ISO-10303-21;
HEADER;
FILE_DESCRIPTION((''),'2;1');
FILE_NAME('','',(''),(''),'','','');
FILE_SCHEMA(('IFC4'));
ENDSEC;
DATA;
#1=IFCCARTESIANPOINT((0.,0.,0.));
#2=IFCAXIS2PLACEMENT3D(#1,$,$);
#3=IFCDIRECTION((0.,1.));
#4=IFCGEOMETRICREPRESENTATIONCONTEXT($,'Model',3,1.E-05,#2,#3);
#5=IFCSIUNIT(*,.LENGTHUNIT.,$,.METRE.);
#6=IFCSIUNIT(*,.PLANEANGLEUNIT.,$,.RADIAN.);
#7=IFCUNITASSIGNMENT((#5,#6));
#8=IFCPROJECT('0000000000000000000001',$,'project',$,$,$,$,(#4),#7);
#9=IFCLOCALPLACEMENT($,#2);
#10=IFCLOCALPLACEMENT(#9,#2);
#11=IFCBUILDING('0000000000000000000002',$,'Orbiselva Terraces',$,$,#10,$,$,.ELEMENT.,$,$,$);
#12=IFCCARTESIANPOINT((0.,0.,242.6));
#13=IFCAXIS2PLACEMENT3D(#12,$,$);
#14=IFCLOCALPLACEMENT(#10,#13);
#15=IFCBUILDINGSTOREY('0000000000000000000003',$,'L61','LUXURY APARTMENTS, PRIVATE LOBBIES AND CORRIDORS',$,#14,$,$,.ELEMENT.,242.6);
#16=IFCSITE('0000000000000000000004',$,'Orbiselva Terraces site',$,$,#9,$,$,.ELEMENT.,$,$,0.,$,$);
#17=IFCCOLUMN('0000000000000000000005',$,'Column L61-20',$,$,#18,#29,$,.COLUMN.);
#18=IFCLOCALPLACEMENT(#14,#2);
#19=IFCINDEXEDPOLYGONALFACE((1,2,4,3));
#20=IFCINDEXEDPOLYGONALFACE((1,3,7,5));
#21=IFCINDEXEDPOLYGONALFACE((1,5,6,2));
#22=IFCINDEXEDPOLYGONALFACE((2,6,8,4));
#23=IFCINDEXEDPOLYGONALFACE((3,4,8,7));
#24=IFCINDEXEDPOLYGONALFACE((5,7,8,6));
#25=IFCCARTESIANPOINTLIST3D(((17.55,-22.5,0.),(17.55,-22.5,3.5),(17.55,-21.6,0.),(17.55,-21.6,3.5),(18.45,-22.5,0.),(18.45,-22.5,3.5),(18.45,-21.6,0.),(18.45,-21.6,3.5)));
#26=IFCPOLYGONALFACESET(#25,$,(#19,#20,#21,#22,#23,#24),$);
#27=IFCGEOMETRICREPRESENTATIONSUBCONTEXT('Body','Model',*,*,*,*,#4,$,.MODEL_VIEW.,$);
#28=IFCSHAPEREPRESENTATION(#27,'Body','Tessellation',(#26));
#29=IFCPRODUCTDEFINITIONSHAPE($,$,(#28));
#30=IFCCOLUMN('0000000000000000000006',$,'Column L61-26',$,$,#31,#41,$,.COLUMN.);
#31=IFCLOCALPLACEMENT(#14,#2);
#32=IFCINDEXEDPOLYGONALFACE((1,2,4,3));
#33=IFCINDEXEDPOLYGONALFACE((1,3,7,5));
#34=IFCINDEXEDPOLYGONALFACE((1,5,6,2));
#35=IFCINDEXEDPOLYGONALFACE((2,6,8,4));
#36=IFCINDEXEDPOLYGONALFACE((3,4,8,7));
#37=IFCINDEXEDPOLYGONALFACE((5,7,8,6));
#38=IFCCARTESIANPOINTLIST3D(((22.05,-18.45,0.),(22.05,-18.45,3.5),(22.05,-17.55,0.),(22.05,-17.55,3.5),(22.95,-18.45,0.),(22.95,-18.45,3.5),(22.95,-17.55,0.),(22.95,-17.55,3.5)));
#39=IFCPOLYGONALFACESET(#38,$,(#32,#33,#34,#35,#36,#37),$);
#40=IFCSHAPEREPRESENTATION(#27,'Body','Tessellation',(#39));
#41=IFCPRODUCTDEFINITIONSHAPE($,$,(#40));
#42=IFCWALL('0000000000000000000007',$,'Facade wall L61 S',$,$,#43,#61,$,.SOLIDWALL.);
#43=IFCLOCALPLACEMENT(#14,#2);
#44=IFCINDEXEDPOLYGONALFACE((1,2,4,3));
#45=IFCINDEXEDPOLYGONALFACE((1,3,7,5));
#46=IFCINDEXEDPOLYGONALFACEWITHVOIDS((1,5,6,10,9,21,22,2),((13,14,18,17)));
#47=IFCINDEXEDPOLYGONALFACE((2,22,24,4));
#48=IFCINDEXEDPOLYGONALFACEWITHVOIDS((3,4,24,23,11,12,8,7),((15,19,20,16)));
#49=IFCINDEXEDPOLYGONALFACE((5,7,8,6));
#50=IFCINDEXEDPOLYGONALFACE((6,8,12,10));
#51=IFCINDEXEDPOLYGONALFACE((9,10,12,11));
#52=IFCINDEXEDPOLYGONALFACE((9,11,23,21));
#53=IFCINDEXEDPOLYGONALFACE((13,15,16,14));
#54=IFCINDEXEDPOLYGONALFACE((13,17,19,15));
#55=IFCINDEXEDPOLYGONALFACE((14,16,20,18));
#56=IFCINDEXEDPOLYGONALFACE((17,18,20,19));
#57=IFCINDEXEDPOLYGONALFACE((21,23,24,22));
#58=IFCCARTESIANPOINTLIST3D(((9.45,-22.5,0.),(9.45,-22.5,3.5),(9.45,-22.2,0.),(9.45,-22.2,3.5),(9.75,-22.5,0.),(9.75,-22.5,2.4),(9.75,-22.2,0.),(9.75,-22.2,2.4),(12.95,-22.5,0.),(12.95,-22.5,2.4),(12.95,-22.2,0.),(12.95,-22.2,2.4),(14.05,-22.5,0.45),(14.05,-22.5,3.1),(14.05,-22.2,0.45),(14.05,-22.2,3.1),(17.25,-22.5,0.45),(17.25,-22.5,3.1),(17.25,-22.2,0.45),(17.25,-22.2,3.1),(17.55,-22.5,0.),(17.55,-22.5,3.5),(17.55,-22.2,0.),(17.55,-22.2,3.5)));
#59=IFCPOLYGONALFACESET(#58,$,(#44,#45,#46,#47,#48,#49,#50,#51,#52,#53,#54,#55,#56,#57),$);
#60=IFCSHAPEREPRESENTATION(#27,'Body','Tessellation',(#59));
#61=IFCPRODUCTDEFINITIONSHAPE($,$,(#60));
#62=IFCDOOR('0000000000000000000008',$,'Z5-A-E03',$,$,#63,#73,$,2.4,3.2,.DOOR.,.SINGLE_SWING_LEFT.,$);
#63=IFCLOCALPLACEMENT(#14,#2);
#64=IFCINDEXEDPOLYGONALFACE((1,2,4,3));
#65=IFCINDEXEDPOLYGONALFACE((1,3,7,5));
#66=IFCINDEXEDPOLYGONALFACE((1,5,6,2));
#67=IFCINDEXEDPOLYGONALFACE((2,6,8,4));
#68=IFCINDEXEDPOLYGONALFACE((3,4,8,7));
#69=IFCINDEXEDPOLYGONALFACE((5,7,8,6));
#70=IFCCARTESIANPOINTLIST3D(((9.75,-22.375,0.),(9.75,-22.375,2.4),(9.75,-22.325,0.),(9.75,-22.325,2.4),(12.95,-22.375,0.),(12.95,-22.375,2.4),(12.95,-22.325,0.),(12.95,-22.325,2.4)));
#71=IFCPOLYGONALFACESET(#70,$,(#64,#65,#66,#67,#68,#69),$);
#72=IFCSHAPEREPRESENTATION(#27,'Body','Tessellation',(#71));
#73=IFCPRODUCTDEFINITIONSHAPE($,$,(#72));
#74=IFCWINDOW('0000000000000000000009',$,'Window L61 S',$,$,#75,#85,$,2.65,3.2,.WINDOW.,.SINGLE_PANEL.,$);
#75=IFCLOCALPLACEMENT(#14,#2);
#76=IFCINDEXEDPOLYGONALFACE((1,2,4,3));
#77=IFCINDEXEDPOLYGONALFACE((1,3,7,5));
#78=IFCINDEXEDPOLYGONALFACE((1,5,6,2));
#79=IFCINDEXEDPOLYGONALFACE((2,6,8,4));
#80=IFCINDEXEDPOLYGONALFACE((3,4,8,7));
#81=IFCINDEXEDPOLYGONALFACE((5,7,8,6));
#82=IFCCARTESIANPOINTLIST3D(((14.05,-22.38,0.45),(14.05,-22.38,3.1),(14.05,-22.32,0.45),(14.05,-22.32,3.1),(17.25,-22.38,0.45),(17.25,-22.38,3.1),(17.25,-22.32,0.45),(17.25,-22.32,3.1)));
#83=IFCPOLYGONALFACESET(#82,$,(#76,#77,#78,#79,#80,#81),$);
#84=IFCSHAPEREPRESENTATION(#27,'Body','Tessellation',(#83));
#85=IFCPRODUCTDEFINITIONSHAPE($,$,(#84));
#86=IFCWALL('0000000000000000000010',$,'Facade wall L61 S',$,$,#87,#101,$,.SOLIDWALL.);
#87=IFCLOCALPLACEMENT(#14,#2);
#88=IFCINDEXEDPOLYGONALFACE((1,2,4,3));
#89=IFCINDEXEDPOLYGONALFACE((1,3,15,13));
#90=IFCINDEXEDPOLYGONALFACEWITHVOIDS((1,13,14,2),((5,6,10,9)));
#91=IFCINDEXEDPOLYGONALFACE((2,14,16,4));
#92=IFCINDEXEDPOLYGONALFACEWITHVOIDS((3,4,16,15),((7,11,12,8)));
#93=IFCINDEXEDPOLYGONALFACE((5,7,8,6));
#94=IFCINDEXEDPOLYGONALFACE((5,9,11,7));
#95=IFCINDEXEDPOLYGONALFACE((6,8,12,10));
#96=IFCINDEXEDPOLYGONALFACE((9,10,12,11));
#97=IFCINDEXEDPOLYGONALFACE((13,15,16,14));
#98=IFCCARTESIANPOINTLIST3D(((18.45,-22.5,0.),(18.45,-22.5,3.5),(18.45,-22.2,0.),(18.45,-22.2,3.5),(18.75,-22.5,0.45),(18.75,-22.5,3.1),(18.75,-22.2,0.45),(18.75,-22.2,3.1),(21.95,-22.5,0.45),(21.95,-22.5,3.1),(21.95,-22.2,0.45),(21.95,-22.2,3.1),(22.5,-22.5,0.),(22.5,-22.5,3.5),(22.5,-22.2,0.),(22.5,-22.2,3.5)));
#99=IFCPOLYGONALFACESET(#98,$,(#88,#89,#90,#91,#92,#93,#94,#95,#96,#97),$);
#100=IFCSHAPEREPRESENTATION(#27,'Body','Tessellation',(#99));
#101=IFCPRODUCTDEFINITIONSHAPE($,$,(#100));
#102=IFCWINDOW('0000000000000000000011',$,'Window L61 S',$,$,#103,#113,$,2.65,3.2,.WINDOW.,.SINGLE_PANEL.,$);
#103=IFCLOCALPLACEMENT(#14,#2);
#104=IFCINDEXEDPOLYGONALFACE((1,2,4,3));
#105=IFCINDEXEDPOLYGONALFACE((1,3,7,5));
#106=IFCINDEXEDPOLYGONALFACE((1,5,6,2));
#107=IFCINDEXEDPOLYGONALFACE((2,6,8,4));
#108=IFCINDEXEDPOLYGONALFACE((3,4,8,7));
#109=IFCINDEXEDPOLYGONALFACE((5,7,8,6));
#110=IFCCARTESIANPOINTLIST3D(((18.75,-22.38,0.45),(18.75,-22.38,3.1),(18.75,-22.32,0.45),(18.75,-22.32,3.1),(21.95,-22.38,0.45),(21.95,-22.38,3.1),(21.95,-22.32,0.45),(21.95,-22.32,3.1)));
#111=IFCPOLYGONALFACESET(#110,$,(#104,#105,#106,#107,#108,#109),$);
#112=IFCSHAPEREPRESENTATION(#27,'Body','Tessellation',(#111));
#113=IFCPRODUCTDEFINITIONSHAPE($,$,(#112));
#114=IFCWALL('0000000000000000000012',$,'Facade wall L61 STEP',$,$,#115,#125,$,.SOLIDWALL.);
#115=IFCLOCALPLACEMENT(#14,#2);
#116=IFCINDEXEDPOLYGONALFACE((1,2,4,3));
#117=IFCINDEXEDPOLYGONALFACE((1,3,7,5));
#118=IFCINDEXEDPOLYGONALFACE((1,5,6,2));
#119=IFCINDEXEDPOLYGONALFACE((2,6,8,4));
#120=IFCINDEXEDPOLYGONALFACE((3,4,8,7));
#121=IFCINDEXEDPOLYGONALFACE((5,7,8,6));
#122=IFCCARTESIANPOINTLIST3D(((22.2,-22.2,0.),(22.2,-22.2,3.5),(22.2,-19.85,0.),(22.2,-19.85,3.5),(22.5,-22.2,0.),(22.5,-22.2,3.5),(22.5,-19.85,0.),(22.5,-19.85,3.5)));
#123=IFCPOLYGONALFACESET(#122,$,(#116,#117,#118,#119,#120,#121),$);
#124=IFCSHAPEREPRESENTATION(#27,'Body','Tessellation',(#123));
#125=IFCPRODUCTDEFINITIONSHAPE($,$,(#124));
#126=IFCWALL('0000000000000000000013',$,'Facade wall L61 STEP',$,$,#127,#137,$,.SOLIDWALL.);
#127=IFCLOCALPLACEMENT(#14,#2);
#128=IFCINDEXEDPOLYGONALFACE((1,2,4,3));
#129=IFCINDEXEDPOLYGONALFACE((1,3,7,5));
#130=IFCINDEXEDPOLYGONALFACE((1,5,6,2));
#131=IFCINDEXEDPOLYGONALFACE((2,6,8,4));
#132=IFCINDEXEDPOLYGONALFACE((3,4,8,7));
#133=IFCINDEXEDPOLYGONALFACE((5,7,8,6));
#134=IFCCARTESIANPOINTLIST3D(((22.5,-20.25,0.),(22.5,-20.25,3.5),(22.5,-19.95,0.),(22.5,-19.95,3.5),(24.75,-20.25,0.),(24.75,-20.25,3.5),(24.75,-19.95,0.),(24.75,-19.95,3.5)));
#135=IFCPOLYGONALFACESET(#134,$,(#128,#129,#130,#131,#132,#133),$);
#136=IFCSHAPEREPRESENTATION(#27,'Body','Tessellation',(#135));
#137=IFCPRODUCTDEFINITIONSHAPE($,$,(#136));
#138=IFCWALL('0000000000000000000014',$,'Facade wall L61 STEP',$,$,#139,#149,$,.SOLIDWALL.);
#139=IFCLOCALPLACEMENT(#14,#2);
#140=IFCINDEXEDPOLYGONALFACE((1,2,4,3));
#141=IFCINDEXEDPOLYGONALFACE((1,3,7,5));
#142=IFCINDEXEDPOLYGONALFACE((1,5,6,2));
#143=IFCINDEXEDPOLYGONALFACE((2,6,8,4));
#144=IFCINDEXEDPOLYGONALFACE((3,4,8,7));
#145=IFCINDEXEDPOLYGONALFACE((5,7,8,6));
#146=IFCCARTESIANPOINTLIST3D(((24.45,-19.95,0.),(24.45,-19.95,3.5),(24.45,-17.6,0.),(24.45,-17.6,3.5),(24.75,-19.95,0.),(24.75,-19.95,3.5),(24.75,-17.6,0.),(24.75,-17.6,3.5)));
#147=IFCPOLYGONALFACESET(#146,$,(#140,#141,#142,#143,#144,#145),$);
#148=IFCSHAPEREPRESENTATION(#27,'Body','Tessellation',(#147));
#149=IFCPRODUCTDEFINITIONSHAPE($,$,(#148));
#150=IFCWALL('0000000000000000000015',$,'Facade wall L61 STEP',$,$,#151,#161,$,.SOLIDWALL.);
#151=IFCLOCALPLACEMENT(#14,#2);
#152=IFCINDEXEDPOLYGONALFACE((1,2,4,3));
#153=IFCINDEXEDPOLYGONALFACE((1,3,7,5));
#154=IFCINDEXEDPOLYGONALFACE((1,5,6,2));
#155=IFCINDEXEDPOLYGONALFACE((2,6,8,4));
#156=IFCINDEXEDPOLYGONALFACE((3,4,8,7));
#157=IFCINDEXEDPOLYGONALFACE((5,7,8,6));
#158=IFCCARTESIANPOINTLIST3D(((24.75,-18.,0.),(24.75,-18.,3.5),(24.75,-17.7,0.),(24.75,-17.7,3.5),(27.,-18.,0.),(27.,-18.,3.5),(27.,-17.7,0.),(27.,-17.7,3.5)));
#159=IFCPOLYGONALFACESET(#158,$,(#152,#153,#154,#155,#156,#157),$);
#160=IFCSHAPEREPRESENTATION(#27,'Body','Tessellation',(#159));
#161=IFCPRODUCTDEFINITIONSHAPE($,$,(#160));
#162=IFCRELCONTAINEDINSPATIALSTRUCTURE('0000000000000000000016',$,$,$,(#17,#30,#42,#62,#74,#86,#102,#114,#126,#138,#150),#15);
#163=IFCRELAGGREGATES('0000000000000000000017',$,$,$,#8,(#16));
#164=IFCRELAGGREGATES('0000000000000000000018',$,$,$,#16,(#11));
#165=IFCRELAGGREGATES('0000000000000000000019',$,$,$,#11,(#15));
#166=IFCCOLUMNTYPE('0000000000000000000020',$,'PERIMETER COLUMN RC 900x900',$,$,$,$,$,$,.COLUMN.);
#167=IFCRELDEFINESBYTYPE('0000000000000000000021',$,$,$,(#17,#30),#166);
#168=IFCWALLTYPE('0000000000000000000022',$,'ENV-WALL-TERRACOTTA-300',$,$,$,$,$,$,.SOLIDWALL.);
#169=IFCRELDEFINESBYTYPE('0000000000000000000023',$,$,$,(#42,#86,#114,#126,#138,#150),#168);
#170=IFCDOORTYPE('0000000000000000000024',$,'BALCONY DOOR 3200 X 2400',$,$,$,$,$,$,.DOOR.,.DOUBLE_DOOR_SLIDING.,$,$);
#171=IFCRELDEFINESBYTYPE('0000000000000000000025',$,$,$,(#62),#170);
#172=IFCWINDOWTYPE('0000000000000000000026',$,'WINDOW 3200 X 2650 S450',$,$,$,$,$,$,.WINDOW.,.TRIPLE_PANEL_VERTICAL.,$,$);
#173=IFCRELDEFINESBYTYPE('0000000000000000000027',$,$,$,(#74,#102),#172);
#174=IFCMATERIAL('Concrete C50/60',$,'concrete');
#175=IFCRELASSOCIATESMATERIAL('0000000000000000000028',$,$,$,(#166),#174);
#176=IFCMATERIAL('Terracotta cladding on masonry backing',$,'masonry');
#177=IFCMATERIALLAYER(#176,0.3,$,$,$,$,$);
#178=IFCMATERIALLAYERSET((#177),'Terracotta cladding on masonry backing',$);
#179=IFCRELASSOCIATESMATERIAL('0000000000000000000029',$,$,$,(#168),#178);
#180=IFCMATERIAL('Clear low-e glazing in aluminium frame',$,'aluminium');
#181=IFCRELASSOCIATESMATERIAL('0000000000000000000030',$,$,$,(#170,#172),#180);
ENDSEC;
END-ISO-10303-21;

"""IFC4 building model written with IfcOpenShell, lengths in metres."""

from ifc_helpers import new_model, si_unit, direction, frame, frame_2d, origin, origin_2d, place, context, subcontext, project, spatial, rectangle, extrude, material, layer, layer_set, material_profile, profile_set, type_object, element, fill, save


model = new_model("IFC4")

# Units and contexts
model_context = context("Model", 3, precision=1e-05, world=origin(), true_north=direction((0.0, 1.0)))
body_context = subcontext(model_context, "Body", "Model", "MODEL_VIEW")
ifc_project = project(units=[si_unit("LENGTHUNIT", "METRE"), si_unit("PLANEANGLEUNIT", "RADIAN")], contexts=[model_context])

# Site, building, storey
site_placement = place(None, origin())
site = spatial("IfcSite", under=ifc_project, at=site_placement, Name="Orbiselva Terraces site", CompositionType="ELEMENT", RefElevation=0.0)
building_placement = place(site_placement, origin())
building = spatial("IfcBuilding", under=site, at=building_placement, Name="Orbiselva Terraces", CompositionType="ELEMENT")
storey_placement = place(building_placement, frame((0.0, 0.0, 242.6)))
storey = spatial("IfcBuildingStorey", under=building, at=storey_placement, Name="L61", Description="LUXURY APARTMENTS, PRIVATE LOBBIES AND CORRIDORS", CompositionType="ELEMENT", Elevation=242.6)

# Columns
ifc_material_1 = material(Name="Concrete C50/60", Category="concrete")
ifc_material_profile = material_profile(ifc_material_1, rectangle(XDim=0.9, YDim=0.9, at=origin_2d()), Name="RC 900x900")
ifc_profile_set = profile_set([ifc_material_profile], Name="Concrete C50/60")
column_type = type_object("IfcColumnType", Name="PERIMETER COLUMN RC 900x900", PredefinedType="COLUMN", material=ifc_profile_set)
for number, where, z_axis, x_axis, name in (
    (1, (18.0, -22.05, 0.0), (0.0, 0.0, 1.0), (1.0, 0.0, 0.0), "Column L61-20"),
    (2, (22.5, -18.0, 0.0), (0.0, 0.0, 1.0), (1.0, 0.0, 0.0), "Column L61-26"),
):
    element("IfcColumn", number, at=place(storey_placement, frame(where, z_axis=z_axis, x_axis=x_axis)), inside=storey, type_object=column_type, Name=name, PredefinedType="COLUMN", context=body_context, shape_type="SweptSolid", body=[
        extrude(rectangle(XDim=0.9, YDim=0.9, at=origin_2d()), origin(), (0.0, 0.0, 1.0), 3.5),
    ])

# Wall, openings, door, window
ifc_material_2 = material(Name="Terracotta cladding on masonry backing", Category="masonry")
ifc_layer_1 = layer(ifc_material_2, 0.3)
ifc_layer_set_1 = layer_set([ifc_layer_1], Name="Terracotta cladding on masonry backing")
wall_type_1 = type_object("IfcWallType", Name="ENV-WALL-TERRACOTTA-300", PredefinedType="SOLIDWALL", material=ifc_layer_set_1)
wall_1_placement = place(storey_placement, frame((17.55, -22.35, 0.0), z_axis=(0.0, 0.0, 1.0), x_axis=(-1.0, 0.0, 0.0)))
wall_1 = element("IfcWall", 3, at=wall_1_placement, inside=storey, type_object=wall_type_1, Name="Facade wall L61 S", PredefinedType="SOLIDWALL", context=body_context, shape_type="SweptSolid", body=[
    extrude(rectangle(XDim=8.1, YDim=0.3, at=frame_2d((4.05, 0.0))), origin(), (0.0, 0.0, 1.0), 3.5),
])
opening_1_placement = place(wall_1_placement, frame((4.6, 0.0, 0.0)))
opening_1 = element("IfcOpeningElement", 4, at=opening_1_placement, cuts=wall_1, PredefinedType="OPENING", context=body_context, shape_type="SweptSolid", body=[
    extrude(rectangle(XDim=3.2, YDim=2.4, at=frame_2d((1.6, 1.2))), frame((0.0, 0.16, 0.0), z_axis=(0.0, -1.0, 0.0), x_axis=(1.0, 0.0, 0.0)), (0.0, 0.0, 1.0), 0.32),
])
opening_2_placement = place(wall_1_placement, frame((0.3, 0.0, 0.45)))
opening_2 = element("IfcOpeningElement", 5, at=opening_2_placement, cuts=wall_1, PredefinedType="OPENING", context=body_context, shape_type="SweptSolid", body=[
    extrude(rectangle(XDim=3.2, YDim=2.65, at=frame_2d((1.6, 1.325))), frame((0.0, 0.16, 0.0), z_axis=(0.0, -1.0, 0.0), x_axis=(1.0, 0.0, 0.0)), (0.0, 0.0, 1.0), 0.32),
])
ifc_material_3 = material(Name="Clear low-e glazing in aluminium frame", Category="aluminium")
door_type_1 = type_object("IfcDoorType", Name="BALCONY DOOR 3200 X 2400", OperationType="DOUBLE_DOOR_SLIDING", PredefinedType="DOOR", material=ifc_material_3)
door_1_placement = place(opening_1_placement, origin())
door_1 = element("IfcDoor", 6, at=door_1_placement, inside=storey, type_object=door_type_1, Name="Z5-A-E03", OperationType="SINGLE_SWING_LEFT", OverallHeight=2.4, OverallWidth=3.2, PredefinedType="DOOR", context=body_context, shape_type="SweptSolid", body=[
    extrude(rectangle(XDim=3.2, YDim=2.4, at=frame_2d((1.6, 1.2))), frame((0.0, 0.025, 0.0), z_axis=(0.0, -1.0, 0.0), x_axis=(1.0, 0.0, 0.0)), (0.0, 0.0, 1.0), 0.05),
])
fill(opening_1, door_1)
window_type = type_object("IfcWindowType", Name="WINDOW 3200 X 2650 S450", PartitioningType="TRIPLE_PANEL_VERTICAL", PredefinedType="WINDOW", material=ifc_material_3)
window_1_placement = place(opening_2_placement, origin())
window_1 = element("IfcWindow", 7, at=window_1_placement, inside=storey, type_object=window_type, Name="Window L61 S", OverallHeight=2.65, OverallWidth=3.2, PartitioningType="SINGLE_PANEL", PredefinedType="WINDOW", context=body_context, shape_type="SweptSolid", body=[
    extrude(rectangle(XDim=3.2, YDim=2.65, at=frame_2d((1.6, 1.325))), frame((0.0, 0.03, 0.0), z_axis=(0.0, -1.0, 0.0), x_axis=(1.0, 0.0, 0.0)), (0.0, 0.0, 1.0), 0.06),
])
fill(opening_2, window_1)

# Wall, opening, window
wall_2_placement = place(storey_placement, frame((22.5, -22.35, 0.0), z_axis=(0.0, 0.0, 1.0), x_axis=(-1.0, 0.0, 0.0)))
wall_2 = element("IfcWall", 8, at=wall_2_placement, inside=storey, type_object=wall_type_1, Name="Facade wall L61 S", PredefinedType="SOLIDWALL", context=body_context, shape_type="SweptSolid", body=[
    extrude(rectangle(XDim=4.05, YDim=0.3, at=frame_2d((2.025, 0.0))), origin(), (0.0, 0.0, 1.0), 3.5),
])
opening_3_placement = place(wall_2_placement, frame((0.55, 0.0, 0.45)))
opening_3 = element("IfcOpeningElement", 9, at=opening_3_placement, cuts=wall_2, PredefinedType="OPENING", context=body_context, shape_type="SweptSolid", body=[
    extrude(rectangle(XDim=3.2, YDim=2.65, at=frame_2d((1.6, 1.325))), frame((0.0, 0.16, 0.0), z_axis=(0.0, -1.0, 0.0), x_axis=(1.0, 0.0, 0.0)), (0.0, 0.0, 1.0), 0.32),
])
window_2_placement = place(opening_3_placement, origin())
window_2 = element("IfcWindow", 10, at=window_2_placement, inside=storey, type_object=window_type, Name="Window L61 S", OverallHeight=2.65, OverallWidth=3.2, PartitioningType="SINGLE_PANEL", PredefinedType="WINDOW", context=body_context, shape_type="SweptSolid", body=[
    extrude(rectangle(XDim=3.2, YDim=2.65, at=frame_2d((1.6, 1.325))), frame((0.0, 0.03, 0.0), z_axis=(0.0, -1.0, 0.0), x_axis=(1.0, 0.0, 0.0)), (0.0, 0.0, 1.0), 0.06),
])
fill(opening_3, window_2)

# Walls
wall_3_placement = place(storey_placement, frame((22.35, -19.85, 0.0), z_axis=(0.0, 0.0, 1.0), x_axis=(0.0, -1.0, 0.0)))
element("IfcWall", 11, at=wall_3_placement, inside=storey, type_object=wall_type_1, Name="Facade wall L61 STEP", PredefinedType="SOLIDWALL", context=body_context, shape_type="SweptSolid", body=[
    extrude(rectangle(XDim=2.35, YDim=0.3, at=frame_2d((1.175, 0.0))), origin(), (0.0, 0.0, 1.0), 3.5),
])
wall_4_placement = place(storey_placement, frame((24.75, -20.1, 0.0), z_axis=(0.0, 0.0, 1.0), x_axis=(-1.0, 0.0, 0.0)))
element("IfcWall", 12, at=wall_4_placement, inside=storey, type_object=wall_type_1, Name="Facade wall L61 STEP", PredefinedType="SOLIDWALL", context=body_context, shape_type="SweptSolid", body=[
    extrude(rectangle(XDim=2.25, YDim=0.3, at=frame_2d((1.125, 0.0))), origin(), (0.0, 0.0, 1.0), 3.5),
])
wall_5_placement = place(storey_placement, frame((24.6, -17.6, 0.0), z_axis=(0.0, 0.0, 1.0), x_axis=(0.0, -1.0, 0.0)))
element("IfcWall", 13, at=wall_5_placement, inside=storey, type_object=wall_type_1, Name="Facade wall L61 STEP", PredefinedType="SOLIDWALL", context=body_context, shape_type="SweptSolid", body=[
    extrude(rectangle(XDim=2.35, YDim=0.3, at=frame_2d((1.175, 0.0))), origin(), (0.0, 0.0, 1.0), 3.5),
])
wall_6_placement = place(storey_placement, frame((27.0, -17.85, 0.0), z_axis=(0.0, 0.0, 1.0), x_axis=(-1.0, 0.0, 0.0)))
element("IfcWall", 14, at=wall_6_placement, inside=storey, type_object=wall_type_1, Name="Facade wall L61 STEP", PredefinedType="SOLIDWALL", context=body_context, shape_type="SweptSolid", body=[
    extrude(rectangle(XDim=2.25, YDim=0.3, at=frame_2d((1.125, 0.0))), origin(), (0.0, 0.0, 1.0), 3.5),
])

save(model, "model.ifc")
